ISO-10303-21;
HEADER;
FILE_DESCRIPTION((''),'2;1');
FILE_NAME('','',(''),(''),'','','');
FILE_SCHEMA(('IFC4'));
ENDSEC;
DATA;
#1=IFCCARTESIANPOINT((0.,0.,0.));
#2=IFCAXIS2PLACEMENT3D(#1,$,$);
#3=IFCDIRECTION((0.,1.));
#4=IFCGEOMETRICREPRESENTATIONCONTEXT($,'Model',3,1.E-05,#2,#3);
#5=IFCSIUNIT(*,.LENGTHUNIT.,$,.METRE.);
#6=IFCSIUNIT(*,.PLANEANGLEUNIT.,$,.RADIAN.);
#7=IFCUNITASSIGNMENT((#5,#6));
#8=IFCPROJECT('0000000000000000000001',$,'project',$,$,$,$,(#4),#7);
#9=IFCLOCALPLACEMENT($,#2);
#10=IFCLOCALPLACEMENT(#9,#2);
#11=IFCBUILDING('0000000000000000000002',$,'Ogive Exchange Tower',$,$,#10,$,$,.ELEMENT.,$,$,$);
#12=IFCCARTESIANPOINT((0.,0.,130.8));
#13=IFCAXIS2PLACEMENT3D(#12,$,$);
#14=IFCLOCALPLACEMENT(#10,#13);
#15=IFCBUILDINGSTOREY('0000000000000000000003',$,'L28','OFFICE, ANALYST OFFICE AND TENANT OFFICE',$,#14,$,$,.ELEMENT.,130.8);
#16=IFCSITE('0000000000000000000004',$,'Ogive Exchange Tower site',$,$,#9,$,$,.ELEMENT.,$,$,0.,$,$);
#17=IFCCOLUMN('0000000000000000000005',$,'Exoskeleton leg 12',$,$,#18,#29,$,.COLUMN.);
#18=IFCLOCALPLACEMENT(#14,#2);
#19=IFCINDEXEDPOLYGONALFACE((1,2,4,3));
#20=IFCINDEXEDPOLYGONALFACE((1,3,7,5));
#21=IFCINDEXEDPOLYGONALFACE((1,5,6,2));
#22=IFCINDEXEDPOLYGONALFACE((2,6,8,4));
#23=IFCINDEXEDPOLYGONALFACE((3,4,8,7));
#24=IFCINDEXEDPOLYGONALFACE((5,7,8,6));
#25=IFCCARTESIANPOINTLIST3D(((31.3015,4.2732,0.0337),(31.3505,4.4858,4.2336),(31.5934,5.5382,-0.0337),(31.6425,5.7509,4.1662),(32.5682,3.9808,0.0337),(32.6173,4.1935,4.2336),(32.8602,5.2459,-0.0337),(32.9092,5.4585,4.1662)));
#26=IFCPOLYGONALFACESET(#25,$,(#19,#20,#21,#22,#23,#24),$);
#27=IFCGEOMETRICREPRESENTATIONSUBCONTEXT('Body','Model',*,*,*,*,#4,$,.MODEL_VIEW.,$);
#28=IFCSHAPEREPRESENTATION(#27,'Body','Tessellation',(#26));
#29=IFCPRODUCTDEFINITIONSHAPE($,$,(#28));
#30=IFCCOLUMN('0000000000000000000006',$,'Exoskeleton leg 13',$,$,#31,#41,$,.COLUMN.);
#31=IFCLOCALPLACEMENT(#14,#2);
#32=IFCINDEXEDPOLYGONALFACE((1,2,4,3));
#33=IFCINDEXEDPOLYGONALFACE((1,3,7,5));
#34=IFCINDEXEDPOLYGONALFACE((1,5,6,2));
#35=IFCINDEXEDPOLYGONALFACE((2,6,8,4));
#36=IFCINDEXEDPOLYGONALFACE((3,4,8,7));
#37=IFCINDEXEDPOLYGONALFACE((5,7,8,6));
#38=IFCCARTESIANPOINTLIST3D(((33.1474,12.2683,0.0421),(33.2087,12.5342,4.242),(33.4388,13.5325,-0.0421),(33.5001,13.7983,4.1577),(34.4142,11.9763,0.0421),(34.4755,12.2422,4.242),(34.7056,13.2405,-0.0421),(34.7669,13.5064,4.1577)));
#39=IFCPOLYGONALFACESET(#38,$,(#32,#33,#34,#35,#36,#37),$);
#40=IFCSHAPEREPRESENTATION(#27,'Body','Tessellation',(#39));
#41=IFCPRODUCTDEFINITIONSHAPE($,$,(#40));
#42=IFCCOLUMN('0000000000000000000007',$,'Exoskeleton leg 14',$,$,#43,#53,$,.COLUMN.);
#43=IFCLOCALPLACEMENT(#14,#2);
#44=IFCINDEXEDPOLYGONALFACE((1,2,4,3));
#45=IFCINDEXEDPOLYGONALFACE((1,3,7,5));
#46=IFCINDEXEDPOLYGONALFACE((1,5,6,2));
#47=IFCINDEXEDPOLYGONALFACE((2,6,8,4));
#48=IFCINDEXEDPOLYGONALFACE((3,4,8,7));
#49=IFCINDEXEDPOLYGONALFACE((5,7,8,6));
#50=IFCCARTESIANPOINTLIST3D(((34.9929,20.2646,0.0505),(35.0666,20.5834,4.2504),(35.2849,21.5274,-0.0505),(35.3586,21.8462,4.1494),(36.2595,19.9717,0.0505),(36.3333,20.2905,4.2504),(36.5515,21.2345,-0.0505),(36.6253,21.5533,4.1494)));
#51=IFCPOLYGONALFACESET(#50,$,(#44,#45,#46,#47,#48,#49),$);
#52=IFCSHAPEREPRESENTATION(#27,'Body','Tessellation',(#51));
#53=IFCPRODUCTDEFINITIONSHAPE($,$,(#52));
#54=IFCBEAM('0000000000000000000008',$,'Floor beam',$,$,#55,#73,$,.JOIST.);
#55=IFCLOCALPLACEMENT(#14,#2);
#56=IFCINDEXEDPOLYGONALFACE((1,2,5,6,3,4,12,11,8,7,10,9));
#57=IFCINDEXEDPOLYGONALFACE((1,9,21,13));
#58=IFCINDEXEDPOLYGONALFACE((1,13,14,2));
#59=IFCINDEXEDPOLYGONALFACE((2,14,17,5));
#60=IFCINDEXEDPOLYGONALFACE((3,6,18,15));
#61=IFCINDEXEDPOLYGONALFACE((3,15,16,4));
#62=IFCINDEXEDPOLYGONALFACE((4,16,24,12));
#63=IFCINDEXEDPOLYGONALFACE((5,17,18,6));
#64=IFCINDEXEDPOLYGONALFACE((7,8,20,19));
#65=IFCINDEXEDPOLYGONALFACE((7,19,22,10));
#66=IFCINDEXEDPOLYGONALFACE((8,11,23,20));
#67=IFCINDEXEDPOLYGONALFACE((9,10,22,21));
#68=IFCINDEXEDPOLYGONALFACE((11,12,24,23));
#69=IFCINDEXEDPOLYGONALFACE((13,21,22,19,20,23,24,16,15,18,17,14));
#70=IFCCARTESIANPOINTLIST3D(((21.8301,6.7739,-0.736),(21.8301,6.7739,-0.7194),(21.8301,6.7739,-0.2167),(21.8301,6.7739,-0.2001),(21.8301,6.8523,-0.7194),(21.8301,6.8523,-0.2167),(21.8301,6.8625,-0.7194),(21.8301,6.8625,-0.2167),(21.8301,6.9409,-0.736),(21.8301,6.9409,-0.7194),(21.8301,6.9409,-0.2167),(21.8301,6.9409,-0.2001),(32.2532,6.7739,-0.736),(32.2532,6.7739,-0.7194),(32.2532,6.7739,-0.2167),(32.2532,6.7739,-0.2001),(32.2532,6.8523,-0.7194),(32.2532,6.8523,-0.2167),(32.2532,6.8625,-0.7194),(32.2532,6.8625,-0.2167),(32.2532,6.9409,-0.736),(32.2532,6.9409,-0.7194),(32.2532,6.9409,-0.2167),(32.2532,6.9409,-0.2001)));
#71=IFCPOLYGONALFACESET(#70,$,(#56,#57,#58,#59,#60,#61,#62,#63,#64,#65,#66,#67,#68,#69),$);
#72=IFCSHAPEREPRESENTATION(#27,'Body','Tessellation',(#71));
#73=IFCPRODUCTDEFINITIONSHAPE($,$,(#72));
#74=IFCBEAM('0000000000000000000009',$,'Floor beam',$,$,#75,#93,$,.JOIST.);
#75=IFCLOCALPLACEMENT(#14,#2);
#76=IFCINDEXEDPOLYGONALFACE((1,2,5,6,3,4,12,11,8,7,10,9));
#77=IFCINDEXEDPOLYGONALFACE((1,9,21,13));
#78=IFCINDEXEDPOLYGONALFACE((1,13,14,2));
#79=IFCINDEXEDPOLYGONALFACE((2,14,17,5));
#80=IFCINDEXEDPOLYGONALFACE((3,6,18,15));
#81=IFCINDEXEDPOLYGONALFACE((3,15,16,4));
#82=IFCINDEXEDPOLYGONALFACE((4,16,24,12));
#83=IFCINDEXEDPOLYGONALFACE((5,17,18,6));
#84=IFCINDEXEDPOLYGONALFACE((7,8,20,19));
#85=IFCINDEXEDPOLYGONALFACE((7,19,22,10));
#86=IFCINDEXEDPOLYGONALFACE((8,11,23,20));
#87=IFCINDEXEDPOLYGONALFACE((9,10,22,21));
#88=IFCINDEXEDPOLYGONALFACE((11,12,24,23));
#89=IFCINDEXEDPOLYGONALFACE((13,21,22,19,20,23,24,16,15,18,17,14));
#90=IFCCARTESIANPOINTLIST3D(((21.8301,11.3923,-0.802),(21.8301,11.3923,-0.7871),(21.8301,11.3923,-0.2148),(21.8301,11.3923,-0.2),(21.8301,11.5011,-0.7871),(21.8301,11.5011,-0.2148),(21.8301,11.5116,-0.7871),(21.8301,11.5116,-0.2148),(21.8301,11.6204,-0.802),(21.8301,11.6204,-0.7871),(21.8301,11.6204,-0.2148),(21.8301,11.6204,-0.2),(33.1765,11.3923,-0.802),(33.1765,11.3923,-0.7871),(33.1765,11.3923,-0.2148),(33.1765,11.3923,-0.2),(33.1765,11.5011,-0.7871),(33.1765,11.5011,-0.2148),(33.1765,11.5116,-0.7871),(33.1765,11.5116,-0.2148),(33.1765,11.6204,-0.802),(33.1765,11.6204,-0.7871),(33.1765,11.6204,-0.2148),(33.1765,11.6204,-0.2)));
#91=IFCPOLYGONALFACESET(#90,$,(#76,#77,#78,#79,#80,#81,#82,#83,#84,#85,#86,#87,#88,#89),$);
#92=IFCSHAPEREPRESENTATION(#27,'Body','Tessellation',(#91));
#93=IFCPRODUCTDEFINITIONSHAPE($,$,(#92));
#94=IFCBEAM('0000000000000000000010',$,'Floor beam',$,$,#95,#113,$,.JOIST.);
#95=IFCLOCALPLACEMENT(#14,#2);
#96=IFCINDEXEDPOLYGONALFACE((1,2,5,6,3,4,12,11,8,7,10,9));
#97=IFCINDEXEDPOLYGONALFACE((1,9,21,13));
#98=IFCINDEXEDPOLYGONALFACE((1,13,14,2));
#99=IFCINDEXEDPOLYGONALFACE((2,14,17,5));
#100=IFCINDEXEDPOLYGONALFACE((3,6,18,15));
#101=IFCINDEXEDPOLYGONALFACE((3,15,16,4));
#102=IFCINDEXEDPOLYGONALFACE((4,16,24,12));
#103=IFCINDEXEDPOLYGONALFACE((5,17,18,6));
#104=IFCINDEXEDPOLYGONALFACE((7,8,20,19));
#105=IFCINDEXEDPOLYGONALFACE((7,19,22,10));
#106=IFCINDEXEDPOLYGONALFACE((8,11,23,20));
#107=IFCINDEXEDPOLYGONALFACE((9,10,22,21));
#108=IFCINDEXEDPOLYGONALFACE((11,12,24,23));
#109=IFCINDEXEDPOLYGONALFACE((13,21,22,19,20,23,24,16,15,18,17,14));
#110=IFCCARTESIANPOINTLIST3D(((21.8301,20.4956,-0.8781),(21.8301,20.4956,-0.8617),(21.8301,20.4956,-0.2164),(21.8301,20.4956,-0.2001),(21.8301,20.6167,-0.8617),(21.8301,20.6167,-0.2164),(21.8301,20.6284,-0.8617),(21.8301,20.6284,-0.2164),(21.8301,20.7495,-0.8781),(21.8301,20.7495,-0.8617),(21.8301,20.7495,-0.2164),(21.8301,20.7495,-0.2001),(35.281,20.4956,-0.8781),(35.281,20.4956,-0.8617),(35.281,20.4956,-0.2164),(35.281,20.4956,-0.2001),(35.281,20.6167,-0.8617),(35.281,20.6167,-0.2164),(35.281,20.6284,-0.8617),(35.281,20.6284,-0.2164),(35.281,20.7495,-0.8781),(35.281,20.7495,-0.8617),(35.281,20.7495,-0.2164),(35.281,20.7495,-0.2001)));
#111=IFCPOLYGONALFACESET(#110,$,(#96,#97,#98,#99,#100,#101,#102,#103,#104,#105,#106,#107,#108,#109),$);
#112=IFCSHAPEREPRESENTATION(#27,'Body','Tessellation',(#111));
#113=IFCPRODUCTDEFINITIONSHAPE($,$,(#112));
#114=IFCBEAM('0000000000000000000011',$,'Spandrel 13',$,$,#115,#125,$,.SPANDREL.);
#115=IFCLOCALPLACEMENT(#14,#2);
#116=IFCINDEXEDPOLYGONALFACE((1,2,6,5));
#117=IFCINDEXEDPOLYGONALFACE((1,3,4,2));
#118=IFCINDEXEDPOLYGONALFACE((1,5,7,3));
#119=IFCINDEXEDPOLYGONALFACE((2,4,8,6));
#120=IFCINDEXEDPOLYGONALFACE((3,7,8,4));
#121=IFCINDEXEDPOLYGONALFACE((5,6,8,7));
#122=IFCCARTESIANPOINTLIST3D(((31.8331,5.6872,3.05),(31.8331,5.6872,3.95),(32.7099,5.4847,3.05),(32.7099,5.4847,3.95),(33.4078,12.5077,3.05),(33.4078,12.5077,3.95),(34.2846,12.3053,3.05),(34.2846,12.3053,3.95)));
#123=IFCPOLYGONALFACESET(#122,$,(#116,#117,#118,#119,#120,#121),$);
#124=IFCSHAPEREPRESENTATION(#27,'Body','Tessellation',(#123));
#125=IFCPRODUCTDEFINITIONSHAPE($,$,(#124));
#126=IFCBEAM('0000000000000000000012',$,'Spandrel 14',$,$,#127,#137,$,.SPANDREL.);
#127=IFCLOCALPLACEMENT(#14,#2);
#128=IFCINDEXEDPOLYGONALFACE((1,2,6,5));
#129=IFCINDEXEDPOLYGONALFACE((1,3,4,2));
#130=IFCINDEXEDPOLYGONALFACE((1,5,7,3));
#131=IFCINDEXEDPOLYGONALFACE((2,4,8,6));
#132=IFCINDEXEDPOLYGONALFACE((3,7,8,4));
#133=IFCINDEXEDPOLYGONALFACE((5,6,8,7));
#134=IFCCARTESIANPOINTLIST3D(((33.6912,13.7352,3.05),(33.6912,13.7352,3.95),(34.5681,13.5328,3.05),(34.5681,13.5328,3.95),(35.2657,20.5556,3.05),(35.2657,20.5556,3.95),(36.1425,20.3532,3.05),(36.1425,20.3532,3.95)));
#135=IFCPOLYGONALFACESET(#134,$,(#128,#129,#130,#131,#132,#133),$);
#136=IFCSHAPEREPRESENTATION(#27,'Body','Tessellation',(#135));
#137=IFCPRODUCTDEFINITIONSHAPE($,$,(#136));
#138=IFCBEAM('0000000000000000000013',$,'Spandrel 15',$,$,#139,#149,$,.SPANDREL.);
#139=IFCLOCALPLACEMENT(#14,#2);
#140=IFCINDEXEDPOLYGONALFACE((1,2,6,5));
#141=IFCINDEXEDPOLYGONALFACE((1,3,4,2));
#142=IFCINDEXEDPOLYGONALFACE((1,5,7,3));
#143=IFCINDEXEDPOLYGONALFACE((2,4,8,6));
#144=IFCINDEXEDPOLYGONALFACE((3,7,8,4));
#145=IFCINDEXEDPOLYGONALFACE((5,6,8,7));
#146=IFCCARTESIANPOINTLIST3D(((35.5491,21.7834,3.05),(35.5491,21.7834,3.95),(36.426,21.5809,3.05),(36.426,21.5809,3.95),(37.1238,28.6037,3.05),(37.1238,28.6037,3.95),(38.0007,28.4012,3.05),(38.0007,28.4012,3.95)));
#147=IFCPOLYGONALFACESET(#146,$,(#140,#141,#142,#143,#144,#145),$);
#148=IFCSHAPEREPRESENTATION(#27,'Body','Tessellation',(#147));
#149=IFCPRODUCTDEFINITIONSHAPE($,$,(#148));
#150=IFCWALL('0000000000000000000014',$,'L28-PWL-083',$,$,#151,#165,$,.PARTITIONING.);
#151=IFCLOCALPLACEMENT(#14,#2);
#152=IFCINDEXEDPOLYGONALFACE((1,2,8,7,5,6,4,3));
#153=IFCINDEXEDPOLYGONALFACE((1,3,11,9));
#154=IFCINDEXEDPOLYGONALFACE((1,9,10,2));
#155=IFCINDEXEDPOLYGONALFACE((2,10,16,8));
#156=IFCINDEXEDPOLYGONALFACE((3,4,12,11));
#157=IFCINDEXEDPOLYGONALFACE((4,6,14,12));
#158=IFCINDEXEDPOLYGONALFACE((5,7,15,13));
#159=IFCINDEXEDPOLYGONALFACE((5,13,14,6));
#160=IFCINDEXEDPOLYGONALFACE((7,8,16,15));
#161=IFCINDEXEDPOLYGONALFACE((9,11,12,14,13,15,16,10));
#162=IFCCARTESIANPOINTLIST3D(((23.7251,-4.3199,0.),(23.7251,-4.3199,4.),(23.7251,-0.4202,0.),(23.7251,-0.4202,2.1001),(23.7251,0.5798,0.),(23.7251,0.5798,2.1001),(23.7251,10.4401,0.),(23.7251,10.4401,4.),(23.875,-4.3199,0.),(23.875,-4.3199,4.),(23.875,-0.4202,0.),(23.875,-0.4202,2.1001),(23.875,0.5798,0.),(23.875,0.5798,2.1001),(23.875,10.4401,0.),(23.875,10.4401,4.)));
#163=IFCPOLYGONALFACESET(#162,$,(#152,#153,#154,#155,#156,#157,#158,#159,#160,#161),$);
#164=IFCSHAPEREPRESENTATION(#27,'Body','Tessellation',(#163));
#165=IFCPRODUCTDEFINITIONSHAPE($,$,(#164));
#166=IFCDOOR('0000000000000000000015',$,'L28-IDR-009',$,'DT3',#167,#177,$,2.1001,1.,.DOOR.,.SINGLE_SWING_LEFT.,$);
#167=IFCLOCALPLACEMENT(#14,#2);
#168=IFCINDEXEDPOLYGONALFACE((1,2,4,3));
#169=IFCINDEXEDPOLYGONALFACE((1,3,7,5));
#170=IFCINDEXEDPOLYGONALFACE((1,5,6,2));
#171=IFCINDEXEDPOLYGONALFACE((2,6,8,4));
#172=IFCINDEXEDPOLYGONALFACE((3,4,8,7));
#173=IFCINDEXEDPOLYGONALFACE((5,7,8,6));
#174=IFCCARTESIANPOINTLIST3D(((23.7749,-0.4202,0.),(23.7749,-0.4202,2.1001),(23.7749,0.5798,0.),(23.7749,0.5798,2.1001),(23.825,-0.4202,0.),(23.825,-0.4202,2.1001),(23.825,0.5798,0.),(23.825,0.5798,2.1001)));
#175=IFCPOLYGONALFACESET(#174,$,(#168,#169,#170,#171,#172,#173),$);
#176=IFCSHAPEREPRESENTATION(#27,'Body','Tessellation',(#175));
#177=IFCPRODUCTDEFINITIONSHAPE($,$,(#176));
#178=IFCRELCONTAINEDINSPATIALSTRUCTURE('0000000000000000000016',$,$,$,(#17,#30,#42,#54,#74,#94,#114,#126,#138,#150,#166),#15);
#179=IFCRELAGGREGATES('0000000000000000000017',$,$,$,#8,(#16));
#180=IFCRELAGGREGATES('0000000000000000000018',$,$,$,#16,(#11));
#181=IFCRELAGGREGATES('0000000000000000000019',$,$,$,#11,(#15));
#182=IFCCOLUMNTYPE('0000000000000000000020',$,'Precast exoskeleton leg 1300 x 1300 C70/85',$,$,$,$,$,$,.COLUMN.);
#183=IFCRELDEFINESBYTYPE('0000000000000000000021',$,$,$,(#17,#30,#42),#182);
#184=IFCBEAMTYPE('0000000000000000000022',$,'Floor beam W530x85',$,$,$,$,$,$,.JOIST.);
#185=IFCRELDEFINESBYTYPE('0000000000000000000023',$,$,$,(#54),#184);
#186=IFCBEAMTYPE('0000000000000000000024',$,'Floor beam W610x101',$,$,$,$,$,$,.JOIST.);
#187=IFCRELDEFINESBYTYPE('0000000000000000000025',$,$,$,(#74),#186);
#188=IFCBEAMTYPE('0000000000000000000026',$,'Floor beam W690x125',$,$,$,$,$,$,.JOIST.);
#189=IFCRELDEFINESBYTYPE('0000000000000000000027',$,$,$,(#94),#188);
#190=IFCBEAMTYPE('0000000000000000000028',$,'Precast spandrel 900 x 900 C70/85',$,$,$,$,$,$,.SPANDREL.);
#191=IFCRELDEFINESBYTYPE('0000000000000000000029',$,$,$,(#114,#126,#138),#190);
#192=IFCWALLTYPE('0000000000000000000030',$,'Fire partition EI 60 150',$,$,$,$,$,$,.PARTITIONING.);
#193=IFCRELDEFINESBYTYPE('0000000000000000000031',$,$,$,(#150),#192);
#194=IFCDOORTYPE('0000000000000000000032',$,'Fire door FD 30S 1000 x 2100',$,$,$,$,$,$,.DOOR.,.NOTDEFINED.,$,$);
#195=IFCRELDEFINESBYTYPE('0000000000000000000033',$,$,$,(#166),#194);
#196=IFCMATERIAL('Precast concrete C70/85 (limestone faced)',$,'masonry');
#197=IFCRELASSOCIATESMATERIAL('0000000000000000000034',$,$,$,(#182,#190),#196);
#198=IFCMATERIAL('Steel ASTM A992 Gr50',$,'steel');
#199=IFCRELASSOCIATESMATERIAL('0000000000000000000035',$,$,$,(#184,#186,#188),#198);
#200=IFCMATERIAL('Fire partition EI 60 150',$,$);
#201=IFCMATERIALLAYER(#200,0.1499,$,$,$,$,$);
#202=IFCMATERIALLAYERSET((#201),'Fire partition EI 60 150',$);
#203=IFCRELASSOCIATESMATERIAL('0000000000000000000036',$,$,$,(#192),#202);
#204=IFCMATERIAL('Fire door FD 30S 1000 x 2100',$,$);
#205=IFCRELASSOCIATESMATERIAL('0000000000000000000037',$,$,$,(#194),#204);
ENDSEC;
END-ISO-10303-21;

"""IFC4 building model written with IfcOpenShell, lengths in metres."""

from ifc_helpers import new_model, si_unit, direction, frame, frame_2d, origin, origin_2d, place, context, subcontext, project, spatial, rectangle, i_section, extrude, material, layer, layer_set, material_profile, profile_set, type_object, element, fill, save


model = new_model("IFC4")

# Units and contexts
model_context = context("Model", 3, precision=1e-05, world=origin(), true_north=direction((0.0, 1.0)))
body_context = subcontext(model_context, "Body", "Model", "MODEL_VIEW")
ifc_project = project(units=[si_unit("LENGTHUNIT", "METRE"), si_unit("PLANEANGLEUNIT", "RADIAN")], contexts=[model_context])

# Site, building, storey
site_placement = place(None, origin())
site = spatial("IfcSite", under=ifc_project, at=site_placement, Name="Ogive Exchange Tower site", CompositionType="ELEMENT", RefElevation=0.0)
building_placement = place(site_placement, origin())
building = spatial("IfcBuilding", under=site, at=building_placement, Name="Ogive Exchange Tower", CompositionType="ELEMENT")
storey_placement = place(building_placement, frame((0.0, 0.0, 130.8)))
storey = spatial("IfcBuildingStorey", under=building, at=storey_placement, Name="L28", Description="OFFICE, ANALYST OFFICE AND TENANT OFFICE", CompositionType="ELEMENT", Elevation=130.8)

# Columns
ifc_material_1 = material(Name="Precast concrete C70/85 (limestone faced)", Category="masonry")
ifc_material_profile_1 = material_profile(ifc_material_1, rectangle(XDim=1.3, YDim=1.3, at=origin_2d()), Name="1300 x 1300")
ifc_profile_set_1 = profile_set([ifc_material_profile_1], Name="Precast concrete C70/85 (limestone faced)")
column_type = type_object("IfcColumnType", Name="Precast exoskeleton leg 1300 x 1300 C70/85", PredefinedType="COLUMN", material=ifc_profile_set_1)
column_1_placement = place(storey_placement, frame((32.0808, 4.7595, 0.0), z_axis=(0.011668, 0.050562, 0.998653), x_axis=(-0.974391, 0.22486, 0.0)))
element("IfcColumn", 1, at=column_1_placement, inside=storey, type_object=column_type, Name="Exoskeleton leg 12", PredefinedType="COLUMN", context=body_context, shape_type="SweptSolid", body=[
    extrude(rectangle(XDim=1.3, YDim=1.3, at=origin_2d()), origin(), (0.0, 0.0, 1.0), 4.2056),
])
column_2_placement = place(storey_placement, frame((33.9265, 12.7544, 0.0), z_axis=(0.01456, 0.06317, 0.997897), x_axis=(-0.974451, 0.224598, 0.0)))
element("IfcColumn", 2, at=column_2_placement, inside=storey, type_object=column_type, Name="Exoskeleton leg 13", PredefinedType="COLUMN", context=body_context, shape_type="SweptSolid", body=[
    extrude(rectangle(XDim=1.3, YDim=1.3, at=origin_2d()), origin(), (0.0, 0.0, 1.0), 4.2087),
])
column_3_placement = place(storey_placement, frame((35.7722, 20.7495, 0.0), z_axis=(0.017502, 0.075688, 0.996978), x_axis=(-0.974291, 0.225295, 0.0)))
element("IfcColumn", 3, at=column_3_placement, inside=storey, type_object=column_type, Name="Exoskeleton leg 14", PredefinedType="COLUMN", context=body_context, shape_type="SweptSolid", body=[
    extrude(rectangle(XDim=1.3, YDim=1.3, at=origin_2d()), origin(), (0.0, 0.0, 1.0), 4.2126),
])

# Beams
ifc_material_2 = material(Name="Steel ASTM A992 Gr50", Category="steel")
ifc_material_profile_2 = material_profile(ifc_material_2, i_section(OverallWidth=0.167, OverallDepth=0.5359, WebThickness=0.0103, FlangeThickness=0.0166, at=origin_2d()), Name="W530x85")
ifc_profile_set_2 = profile_set([ifc_material_profile_2], Name="Steel ASTM A992 Gr50")
beam_type_1 = type_object("IfcBeamType", Name="Floor beam W530x85", PredefinedType="JOIST", material=ifc_profile_set_2)
beam_1_placement = place(storey_placement, frame((21.8301, 6.8574, -0.468), z_axis=(1.0, 0.0, 0.0), x_axis=(0.0, 1.0, 0.0)))
element("IfcBeam", 4, at=beam_1_placement, inside=storey, type_object=beam_type_1, Name="Floor beam", PredefinedType="JOIST", context=body_context, shape_type="SweptSolid", body=[
    extrude(i_section(OverallWidth=0.167, OverallDepth=0.5359, WebThickness=0.0103, FlangeThickness=0.0166, at=origin_2d()), origin(), (0.0, 0.0, 1.0), 10.4231),
])
ifc_material_profile_3 = material_profile(ifc_material_2, i_section(OverallWidth=0.228, OverallDepth=0.6021, WebThickness=0.0105, FlangeThickness=0.0149, at=origin_2d()), Name="W610x101")
ifc_profile_set_3 = profile_set([ifc_material_profile_3], Name="Steel ASTM A992 Gr50")
beam_type_2 = type_object("IfcBeamType", Name="Floor beam W610x101", PredefinedType="JOIST", material=ifc_profile_set_3)
beam_2_placement = place(storey_placement, frame((21.8301, 11.5063, -0.501), z_axis=(1.0, 0.0, 0.0), x_axis=(0.0, 1.0, 0.0)))
element("IfcBeam", 5, at=beam_2_placement, inside=storey, type_object=beam_type_2, Name="Floor beam", PredefinedType="JOIST", context=body_context, shape_type="SweptSolid", body=[
    extrude(i_section(OverallWidth=0.228, OverallDepth=0.6021, WebThickness=0.0105, FlangeThickness=0.0149, at=origin_2d()), origin(), (0.0, 0.0, 1.0), 11.3464),
])
ifc_material_profile_4 = material_profile(ifc_material_2, i_section(OverallWidth=0.2539, OverallDepth=0.678, WebThickness=0.0117, FlangeThickness=0.0164, at=origin_2d()), Name="W690x125")
ifc_profile_set_4 = profile_set([ifc_material_profile_4], Name="Steel ASTM A992 Gr50")
beam_type_3 = type_object("IfcBeamType", Name="Floor beam W690x125", PredefinedType="JOIST", material=ifc_profile_set_4)
beam_3_placement = place(storey_placement, frame((21.8301, 20.6226, -0.5391), z_axis=(1.0, 0.0, 0.0), x_axis=(0.0, 1.0, 0.0)))
element("IfcBeam", 6, at=beam_3_placement, inside=storey, type_object=beam_type_3, Name="Floor beam", PredefinedType="JOIST", context=body_context, shape_type="SweptSolid", body=[
    extrude(i_section(OverallWidth=0.2539, OverallDepth=0.678, WebThickness=0.0117, FlangeThickness=0.0164, at=origin_2d()), origin(), (0.0, 0.0, 1.0), 13.4509),
])
ifc_material_profile_5 = material_profile(ifc_material_1, rectangle(XDim=0.8999, YDim=0.8999, at=origin_2d()), Name="900 x 900")
ifc_profile_set_5 = profile_set([ifc_material_profile_5], Name="Precast concrete C70/85 (limestone faced)")
beam_type_4 = type_object("IfcBeamType", Name="Precast spandrel 900 x 900 C70/85", PredefinedType="SPANDREL", material=ifc_profile_set_5)
beam_4_placement = place(storey_placement, frame((32.2715, 5.5859, 3.5), z_axis=(0.224959, 0.974368, 0.0), x_axis=(-0.974368, 0.224959, 0.0)))
element("IfcBeam", 7, at=beam_4_placement, inside=storey, type_object=beam_type_4, Name="Spandrel 13", PredefinedType="SPANDREL", context=body_context, shape_type="SweptSolid", body=[
    extrude(rectangle(XDim=0.8999, YDim=0.8999, at=origin_2d()), origin(), (0.0, 0.0, 1.0), 7.0),
])
for number, where, z_axis, x_axis, name in (
    (8, (34.1296, 13.634, 3.5), (0.224933, 0.974374, 0.0), (-0.974374, 0.224933, 0.0), "Spandrel 14"),
    (9, (35.9875, 21.6821, 3.5), (0.224966, 0.974367, 0.0), (-0.974367, 0.224966, 0.0), "Spandrel 15"),
):
    element("IfcBeam", number, at=place(storey_placement, frame(where, z_axis=z_axis, x_axis=x_axis)), inside=storey, type_object=beam_type_4, Name=name, PredefinedType="SPANDREL", context=body_context, shape_type="SweptSolid", body=[
        extrude(rectangle(XDim=0.8999, YDim=0.8999, at=origin_2d()), origin(), (0.0, 0.0, 1.0), 6.9998),
    ])

# Wall, opening, door
ifc_material_3 = material(Name="Fire partition EI 60 150")
ifc_layer_1 = layer(ifc_material_3, 0.1499)
ifc_layer_set_1 = layer_set([ifc_layer_1], Name="Fire partition EI 60 150")
wall_type_1 = type_object("IfcWallType", Name="Fire partition EI 60 150", PredefinedType="PARTITIONING", material=ifc_layer_set_1)
wall_1_placement = place(storey_placement, frame((23.8, 10.4399, 0.0), z_axis=(0.0, 0.0, 1.0), x_axis=(0.0, -1.0, 0.0)))
wall_1 = element("IfcWall", 10, at=wall_1_placement, inside=storey, type_object=wall_type_1, Name="L28-PWL-083", PredefinedType="PARTITIONING", context=body_context, shape_type="SweptSolid", body=[
    extrude(rectangle(XDim=14.76, YDim=0.1499, at=frame_2d((7.3799, 0.0))), origin(), (0.0, 0.0, 1.0), 4.0),
])
opening_1_placement = place(wall_1_placement, frame((9.8601, 0.0, 0.0)))
opening_1 = element("IfcOpeningElement", 11, at=opening_1_placement, cuts=wall_1, PredefinedType="OPENING", context=body_context, shape_type="SweptSolid", body=[
    extrude(rectangle(XDim=1.0, YDim=2.1001, at=frame_2d((0.5, 1.05))), frame((0.0, 0.085, 0.0), z_axis=(0.0, -1.0, 0.0), x_axis=(1.0, 0.0, 0.0)), (0.0, 0.0, 1.0), 0.1699),
])
ifc_material_4 = material(Name="Fire door FD 30S 1000 x 2100")
door_type = type_object("IfcDoorType", Name="Fire door FD 30S 1000 x 2100", OperationType="NOTDEFINED", PredefinedType="DOOR", material=ifc_material_4)
door_1_placement = place(opening_1_placement, origin())
door_1 = element("IfcDoor", 12, at=door_1_placement, inside=storey, type_object=door_type, Name="L28-IDR-009", ObjectType="DT3", OperationType="SINGLE_SWING_LEFT", OverallHeight=2.1001, OverallWidth=1.0, PredefinedType="DOOR", context=body_context, shape_type="SweptSolid", body=[
    extrude(rectangle(XDim=1.0, YDim=2.1001, at=frame_2d((0.5, 1.05))), frame((0.0, 0.0249, 0.0), z_axis=(0.0, -1.0, 0.0), x_axis=(1.0, 0.0, 0.0)), (0.0, 0.0, 1.0), 0.05),
])
fill(opening_1, door_1)

save(model, "model.ifc")
